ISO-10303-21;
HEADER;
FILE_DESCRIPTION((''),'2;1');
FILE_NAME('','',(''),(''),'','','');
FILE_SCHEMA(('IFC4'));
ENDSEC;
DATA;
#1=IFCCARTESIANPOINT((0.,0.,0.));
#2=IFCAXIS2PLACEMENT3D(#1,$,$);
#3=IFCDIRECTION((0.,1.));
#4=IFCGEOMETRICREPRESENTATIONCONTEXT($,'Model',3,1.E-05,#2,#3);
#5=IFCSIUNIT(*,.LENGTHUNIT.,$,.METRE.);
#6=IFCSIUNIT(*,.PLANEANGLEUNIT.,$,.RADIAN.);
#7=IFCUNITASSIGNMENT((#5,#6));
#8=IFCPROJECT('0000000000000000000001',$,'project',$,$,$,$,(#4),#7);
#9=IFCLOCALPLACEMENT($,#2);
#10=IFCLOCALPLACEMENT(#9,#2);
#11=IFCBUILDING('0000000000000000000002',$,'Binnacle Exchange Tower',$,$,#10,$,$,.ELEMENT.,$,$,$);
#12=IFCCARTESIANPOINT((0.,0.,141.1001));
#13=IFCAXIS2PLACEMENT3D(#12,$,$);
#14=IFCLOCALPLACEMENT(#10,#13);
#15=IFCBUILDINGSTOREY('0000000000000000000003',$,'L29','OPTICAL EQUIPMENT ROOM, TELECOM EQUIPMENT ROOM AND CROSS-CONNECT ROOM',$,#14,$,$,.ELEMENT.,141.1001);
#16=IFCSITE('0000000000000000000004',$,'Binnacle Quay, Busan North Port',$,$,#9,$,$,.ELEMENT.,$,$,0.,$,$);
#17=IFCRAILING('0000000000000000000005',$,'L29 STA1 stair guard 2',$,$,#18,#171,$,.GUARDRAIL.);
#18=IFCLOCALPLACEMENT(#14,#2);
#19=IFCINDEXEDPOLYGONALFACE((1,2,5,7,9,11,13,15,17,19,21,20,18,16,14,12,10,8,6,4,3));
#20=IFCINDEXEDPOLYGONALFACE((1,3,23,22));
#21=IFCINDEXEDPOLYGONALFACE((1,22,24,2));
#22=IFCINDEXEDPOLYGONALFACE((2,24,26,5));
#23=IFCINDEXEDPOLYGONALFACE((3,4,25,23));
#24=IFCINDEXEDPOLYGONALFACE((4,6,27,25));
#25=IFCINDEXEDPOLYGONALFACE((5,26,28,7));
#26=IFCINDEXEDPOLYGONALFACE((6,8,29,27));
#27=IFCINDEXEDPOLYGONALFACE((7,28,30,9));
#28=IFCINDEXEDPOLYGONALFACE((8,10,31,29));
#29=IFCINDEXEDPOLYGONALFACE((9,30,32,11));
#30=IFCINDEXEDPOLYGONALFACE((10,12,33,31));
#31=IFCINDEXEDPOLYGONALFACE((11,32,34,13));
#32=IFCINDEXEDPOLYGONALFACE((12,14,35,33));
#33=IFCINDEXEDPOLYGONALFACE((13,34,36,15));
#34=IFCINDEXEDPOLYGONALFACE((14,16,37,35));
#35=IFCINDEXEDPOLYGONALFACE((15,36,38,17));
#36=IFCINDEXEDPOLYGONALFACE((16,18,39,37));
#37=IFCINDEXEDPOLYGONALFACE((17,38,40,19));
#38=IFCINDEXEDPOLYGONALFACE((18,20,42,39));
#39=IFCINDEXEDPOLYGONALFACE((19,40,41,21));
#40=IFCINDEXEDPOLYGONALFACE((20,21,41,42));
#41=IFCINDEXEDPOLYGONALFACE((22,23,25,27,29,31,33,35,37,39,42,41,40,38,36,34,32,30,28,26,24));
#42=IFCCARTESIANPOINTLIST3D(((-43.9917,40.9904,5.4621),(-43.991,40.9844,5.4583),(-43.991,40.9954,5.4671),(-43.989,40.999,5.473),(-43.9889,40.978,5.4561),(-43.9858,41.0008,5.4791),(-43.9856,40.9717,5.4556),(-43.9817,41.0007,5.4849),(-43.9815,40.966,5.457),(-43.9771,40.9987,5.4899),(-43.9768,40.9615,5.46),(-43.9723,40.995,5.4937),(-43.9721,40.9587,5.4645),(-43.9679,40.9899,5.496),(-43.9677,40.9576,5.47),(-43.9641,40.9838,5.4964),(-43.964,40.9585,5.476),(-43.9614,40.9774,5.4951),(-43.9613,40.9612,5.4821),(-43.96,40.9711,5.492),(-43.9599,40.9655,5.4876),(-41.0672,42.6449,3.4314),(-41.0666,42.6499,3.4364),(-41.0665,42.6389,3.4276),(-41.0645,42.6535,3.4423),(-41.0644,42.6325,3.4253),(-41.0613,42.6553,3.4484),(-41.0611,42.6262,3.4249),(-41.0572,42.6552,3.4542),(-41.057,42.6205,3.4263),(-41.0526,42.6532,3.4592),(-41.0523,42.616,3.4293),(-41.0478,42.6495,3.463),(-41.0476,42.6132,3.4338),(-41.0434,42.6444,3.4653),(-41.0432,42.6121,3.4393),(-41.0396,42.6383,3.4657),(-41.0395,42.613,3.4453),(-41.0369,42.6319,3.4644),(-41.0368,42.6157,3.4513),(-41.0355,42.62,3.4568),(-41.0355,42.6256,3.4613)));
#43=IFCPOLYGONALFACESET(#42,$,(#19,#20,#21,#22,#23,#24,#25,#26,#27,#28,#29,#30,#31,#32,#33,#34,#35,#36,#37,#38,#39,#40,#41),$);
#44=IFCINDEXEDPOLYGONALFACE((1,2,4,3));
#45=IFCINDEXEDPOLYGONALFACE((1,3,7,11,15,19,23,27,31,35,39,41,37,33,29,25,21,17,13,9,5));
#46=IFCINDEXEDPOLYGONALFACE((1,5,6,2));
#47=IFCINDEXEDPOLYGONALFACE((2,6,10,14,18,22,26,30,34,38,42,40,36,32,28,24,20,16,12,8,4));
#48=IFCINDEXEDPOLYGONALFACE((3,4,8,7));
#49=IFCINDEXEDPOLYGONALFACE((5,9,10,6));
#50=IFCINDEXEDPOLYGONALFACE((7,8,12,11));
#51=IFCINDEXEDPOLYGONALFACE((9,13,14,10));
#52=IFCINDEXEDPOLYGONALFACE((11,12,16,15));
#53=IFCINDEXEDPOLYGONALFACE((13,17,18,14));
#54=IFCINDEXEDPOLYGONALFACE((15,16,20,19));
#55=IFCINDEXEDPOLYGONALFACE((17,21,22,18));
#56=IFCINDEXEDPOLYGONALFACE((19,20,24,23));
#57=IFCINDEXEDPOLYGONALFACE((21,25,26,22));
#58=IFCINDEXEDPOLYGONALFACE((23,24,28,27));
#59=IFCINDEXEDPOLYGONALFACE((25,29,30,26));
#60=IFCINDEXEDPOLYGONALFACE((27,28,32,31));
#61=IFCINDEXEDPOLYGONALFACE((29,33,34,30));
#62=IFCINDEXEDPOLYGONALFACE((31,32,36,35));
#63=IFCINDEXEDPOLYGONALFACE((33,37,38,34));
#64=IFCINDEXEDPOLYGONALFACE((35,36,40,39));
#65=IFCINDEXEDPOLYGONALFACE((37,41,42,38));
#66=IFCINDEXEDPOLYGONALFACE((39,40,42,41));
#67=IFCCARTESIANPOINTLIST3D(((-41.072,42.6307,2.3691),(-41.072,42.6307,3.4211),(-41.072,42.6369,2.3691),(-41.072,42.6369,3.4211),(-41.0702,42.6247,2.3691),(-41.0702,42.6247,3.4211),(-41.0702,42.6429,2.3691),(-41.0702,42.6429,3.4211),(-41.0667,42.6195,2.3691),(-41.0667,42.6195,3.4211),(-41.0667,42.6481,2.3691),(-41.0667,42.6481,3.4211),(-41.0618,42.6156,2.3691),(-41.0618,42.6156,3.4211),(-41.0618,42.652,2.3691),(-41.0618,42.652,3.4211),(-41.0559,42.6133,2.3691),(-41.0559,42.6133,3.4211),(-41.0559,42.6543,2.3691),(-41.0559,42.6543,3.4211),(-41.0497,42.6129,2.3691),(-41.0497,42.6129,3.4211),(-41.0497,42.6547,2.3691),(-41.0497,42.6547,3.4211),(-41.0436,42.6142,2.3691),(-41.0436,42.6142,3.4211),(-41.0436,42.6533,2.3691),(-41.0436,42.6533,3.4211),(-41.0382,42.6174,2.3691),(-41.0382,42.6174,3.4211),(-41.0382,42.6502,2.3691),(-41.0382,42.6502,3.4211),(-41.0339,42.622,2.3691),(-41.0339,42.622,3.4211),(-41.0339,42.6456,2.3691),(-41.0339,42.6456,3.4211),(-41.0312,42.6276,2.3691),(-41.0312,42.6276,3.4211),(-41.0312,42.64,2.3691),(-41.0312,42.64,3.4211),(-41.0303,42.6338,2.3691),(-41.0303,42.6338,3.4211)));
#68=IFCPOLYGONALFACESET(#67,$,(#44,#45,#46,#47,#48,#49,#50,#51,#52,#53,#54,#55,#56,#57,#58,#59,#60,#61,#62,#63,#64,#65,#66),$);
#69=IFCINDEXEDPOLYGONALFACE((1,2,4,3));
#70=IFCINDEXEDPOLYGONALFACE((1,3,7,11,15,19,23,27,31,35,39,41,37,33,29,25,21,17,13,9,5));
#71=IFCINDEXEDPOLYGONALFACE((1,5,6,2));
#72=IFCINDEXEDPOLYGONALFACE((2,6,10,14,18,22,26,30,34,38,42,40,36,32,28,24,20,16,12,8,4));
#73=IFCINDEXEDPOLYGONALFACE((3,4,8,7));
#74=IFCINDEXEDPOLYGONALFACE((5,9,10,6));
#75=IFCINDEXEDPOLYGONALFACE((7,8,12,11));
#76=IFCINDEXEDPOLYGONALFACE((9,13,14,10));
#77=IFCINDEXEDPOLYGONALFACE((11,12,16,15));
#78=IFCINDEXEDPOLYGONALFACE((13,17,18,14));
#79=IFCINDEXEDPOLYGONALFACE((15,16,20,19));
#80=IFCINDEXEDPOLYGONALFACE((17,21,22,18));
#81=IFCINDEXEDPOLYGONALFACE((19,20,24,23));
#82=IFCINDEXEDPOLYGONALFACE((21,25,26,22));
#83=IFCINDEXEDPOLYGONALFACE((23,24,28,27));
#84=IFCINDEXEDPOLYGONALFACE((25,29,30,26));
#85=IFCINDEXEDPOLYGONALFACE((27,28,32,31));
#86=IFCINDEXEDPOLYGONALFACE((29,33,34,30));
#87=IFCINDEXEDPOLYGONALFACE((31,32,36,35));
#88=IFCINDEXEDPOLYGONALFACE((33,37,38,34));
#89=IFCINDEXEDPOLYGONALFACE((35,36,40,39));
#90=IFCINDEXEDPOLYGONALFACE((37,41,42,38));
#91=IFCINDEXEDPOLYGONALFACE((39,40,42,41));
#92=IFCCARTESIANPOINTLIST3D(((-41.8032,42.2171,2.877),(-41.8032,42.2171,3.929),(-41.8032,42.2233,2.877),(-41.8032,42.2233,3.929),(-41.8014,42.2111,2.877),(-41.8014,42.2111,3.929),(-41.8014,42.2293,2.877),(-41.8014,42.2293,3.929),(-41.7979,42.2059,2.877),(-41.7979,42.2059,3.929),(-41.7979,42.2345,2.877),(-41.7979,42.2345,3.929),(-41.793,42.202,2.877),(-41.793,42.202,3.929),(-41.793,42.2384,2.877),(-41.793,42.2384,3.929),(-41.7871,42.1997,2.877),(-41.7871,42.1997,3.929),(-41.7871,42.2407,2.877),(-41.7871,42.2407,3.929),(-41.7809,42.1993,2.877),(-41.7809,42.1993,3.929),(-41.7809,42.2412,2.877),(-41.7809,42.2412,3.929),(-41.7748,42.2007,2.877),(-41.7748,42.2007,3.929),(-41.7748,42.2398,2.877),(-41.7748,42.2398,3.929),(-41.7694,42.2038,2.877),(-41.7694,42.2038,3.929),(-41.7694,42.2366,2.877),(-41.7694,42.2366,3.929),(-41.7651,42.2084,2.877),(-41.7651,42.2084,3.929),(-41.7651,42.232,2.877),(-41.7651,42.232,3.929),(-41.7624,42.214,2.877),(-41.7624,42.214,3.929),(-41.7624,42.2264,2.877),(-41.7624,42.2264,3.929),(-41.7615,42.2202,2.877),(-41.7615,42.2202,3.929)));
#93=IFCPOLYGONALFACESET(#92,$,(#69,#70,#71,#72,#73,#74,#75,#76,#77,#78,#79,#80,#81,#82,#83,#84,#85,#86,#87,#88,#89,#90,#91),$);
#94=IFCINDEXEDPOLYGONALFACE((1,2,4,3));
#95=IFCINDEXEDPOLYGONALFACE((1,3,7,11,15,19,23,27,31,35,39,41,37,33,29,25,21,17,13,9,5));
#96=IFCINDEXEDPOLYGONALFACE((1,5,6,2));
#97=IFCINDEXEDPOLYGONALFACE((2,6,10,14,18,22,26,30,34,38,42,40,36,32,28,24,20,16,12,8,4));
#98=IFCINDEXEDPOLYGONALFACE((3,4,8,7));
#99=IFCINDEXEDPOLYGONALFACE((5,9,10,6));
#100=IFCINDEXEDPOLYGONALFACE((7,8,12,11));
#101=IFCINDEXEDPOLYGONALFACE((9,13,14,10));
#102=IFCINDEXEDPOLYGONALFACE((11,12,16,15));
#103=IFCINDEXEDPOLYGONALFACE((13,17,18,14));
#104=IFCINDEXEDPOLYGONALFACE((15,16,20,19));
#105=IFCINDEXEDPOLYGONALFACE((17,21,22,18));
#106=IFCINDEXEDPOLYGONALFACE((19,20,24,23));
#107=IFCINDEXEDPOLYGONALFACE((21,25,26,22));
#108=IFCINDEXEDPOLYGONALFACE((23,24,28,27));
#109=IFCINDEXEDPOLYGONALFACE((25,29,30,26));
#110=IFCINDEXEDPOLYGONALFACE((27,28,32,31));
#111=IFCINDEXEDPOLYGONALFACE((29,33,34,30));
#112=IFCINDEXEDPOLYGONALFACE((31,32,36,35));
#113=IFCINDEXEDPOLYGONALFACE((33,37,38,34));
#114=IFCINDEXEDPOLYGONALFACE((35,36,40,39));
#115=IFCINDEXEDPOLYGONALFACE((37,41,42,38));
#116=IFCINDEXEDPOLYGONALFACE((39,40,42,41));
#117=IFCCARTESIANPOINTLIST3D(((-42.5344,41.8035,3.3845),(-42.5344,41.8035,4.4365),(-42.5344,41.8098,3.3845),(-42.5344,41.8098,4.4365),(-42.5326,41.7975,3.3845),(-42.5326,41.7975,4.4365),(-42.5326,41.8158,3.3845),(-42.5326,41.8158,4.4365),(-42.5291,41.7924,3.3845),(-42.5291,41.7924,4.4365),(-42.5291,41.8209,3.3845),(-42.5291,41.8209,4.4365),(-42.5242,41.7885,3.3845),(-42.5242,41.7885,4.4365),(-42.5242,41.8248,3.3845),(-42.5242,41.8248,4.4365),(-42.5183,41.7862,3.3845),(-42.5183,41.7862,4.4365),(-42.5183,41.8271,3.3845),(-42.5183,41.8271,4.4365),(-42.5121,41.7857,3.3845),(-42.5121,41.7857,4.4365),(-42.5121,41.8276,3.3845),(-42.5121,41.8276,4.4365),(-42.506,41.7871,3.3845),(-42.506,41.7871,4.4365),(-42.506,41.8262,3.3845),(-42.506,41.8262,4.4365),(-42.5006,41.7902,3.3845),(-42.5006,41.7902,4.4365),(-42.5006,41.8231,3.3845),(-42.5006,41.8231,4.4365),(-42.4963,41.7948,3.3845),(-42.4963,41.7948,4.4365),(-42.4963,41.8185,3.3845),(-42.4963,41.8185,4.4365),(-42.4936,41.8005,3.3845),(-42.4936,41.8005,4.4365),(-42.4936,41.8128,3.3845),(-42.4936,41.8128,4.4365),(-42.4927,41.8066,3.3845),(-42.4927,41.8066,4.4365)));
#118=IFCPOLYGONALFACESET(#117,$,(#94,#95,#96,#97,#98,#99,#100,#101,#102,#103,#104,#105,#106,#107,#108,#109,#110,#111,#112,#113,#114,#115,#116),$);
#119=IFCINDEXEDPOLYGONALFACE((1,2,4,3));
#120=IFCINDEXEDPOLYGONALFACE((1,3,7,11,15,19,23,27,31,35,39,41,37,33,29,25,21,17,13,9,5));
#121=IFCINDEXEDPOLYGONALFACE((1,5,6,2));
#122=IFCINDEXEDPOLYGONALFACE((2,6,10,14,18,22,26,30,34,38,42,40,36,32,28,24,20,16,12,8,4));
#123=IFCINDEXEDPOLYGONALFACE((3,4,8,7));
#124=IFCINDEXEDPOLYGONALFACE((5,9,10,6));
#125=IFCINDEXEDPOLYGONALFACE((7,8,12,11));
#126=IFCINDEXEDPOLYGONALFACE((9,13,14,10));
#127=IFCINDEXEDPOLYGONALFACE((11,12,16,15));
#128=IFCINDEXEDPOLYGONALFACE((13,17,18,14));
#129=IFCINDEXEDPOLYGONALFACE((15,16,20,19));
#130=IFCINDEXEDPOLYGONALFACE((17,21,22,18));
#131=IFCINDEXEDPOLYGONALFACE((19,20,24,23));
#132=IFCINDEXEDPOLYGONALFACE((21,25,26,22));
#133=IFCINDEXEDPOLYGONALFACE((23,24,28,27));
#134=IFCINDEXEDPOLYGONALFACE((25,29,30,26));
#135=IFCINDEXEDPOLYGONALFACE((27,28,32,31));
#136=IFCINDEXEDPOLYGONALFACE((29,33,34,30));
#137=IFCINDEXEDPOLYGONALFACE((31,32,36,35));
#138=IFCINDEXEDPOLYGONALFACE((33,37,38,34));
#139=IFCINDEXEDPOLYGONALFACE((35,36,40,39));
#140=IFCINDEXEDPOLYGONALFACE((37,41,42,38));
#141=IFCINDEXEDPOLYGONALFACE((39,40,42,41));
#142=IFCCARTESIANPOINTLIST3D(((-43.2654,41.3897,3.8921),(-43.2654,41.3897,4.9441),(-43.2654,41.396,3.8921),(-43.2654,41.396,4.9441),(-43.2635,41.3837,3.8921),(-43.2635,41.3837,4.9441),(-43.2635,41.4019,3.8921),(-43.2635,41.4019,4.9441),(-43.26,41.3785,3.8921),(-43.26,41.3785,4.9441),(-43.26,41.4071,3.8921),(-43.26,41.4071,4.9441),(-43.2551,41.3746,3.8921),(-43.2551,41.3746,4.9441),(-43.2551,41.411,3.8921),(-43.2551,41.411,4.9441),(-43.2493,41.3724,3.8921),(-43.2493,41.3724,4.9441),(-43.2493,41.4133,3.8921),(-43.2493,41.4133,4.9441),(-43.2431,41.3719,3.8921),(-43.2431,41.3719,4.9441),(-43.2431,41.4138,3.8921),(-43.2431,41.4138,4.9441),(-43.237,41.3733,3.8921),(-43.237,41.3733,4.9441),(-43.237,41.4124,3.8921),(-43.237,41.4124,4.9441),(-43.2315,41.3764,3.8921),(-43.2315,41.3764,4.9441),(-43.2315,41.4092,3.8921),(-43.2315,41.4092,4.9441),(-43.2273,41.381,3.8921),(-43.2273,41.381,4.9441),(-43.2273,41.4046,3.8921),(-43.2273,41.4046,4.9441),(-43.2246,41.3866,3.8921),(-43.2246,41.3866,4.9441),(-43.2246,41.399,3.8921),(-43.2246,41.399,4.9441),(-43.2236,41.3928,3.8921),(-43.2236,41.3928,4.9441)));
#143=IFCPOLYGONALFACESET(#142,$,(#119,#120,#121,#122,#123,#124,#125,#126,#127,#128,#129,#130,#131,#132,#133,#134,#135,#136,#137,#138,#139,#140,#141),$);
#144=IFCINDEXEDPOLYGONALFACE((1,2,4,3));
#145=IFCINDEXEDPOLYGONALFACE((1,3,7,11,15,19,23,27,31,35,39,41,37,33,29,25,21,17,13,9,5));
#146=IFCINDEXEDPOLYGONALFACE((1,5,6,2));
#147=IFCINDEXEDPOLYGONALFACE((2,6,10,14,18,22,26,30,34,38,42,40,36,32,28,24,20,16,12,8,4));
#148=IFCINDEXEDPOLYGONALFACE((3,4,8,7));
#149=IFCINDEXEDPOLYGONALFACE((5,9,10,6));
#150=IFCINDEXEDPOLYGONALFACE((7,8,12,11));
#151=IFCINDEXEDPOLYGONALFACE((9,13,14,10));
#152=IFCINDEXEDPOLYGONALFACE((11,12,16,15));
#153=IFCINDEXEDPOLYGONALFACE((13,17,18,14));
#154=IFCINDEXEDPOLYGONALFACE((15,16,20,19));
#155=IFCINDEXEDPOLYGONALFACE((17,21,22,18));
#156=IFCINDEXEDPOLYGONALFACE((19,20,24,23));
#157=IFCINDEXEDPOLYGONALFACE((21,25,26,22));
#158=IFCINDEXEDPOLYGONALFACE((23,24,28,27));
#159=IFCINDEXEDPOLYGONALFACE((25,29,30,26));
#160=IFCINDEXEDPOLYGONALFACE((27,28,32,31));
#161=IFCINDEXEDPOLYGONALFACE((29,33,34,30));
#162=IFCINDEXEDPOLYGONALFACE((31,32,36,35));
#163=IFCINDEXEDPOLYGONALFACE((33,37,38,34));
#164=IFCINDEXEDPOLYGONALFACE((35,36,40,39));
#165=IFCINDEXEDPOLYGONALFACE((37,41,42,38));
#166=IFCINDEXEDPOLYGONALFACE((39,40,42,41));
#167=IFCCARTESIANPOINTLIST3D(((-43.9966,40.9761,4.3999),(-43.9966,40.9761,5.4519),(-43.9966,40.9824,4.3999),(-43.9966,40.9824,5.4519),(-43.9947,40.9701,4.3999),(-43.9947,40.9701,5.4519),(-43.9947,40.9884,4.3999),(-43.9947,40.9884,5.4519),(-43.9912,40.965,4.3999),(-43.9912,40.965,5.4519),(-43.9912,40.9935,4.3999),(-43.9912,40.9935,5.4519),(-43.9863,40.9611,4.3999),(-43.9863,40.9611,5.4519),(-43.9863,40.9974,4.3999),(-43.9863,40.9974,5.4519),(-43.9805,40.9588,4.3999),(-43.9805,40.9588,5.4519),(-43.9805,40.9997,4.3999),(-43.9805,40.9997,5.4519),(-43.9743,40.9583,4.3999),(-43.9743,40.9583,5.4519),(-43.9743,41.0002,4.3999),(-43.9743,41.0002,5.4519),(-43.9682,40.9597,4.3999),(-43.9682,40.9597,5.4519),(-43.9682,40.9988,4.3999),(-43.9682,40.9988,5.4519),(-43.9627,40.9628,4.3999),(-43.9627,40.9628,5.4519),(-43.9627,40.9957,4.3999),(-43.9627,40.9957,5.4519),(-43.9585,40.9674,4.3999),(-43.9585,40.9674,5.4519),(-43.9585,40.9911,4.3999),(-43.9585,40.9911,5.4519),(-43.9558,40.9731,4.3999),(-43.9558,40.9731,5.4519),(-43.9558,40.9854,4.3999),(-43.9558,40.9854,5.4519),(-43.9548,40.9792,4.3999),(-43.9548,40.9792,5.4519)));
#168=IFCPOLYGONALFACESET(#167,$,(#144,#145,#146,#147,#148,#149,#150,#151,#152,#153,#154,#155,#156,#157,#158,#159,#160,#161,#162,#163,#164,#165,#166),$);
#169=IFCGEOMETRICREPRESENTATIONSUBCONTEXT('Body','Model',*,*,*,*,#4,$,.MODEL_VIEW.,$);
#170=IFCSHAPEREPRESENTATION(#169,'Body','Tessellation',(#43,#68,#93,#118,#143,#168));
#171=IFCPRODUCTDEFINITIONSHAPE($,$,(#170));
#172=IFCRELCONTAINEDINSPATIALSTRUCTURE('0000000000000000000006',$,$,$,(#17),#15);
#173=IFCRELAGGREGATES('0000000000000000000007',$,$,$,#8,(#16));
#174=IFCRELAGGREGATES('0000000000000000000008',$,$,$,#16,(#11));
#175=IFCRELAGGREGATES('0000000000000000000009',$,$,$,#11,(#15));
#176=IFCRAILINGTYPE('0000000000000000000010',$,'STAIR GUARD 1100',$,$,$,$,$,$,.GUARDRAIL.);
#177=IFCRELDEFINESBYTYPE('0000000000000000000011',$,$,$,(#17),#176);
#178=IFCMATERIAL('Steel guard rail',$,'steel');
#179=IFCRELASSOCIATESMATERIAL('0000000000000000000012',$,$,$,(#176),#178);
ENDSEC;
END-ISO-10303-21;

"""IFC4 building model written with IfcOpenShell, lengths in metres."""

from ifc_helpers import new_model, si_unit, direction, frame, origin, origin_2d, place, context, subcontext, project, spatial, circle, extrude, material, type_object, element, save


model = new_model("IFC4")

# Units and contexts
model_context = context("Model", 3, precision=1e-05, world=origin(), true_north=direction((0.0, 1.0)))
body_context = subcontext(model_context, "Body", "Model", "MODEL_VIEW")
ifc_project = project(units=[si_unit("LENGTHUNIT", "METRE"), si_unit("PLANEANGLEUNIT", "RADIAN")], contexts=[model_context])

# Site, building, storey
site_placement = place(None, origin())
site = spatial("IfcSite", under=ifc_project, at=site_placement, Name="Binnacle Quay, Busan North Port", CompositionType="ELEMENT", RefElevation=0.0)
building_placement = place(site_placement, origin())
building = spatial("IfcBuilding", under=site, at=building_placement, Name="Binnacle Exchange Tower", CompositionType="ELEMENT")
storey_placement = place(building_placement, frame((0.0, 0.0, 141.1001)))
storey = spatial("IfcBuildingStorey", under=building, at=storey_placement, Name="L29", Description="OPTICAL EQUIPMENT ROOM, TELECOM EQUIPMENT ROOM AND CROSS-CONNECT ROOM", CompositionType="ELEMENT", Elevation=141.1001)

# Railing
ifc_material_1 = material(Name="Steel guard rail", Category="steel")
railing_type_1 = type_object("IfcRailingType", Name="STAIR GUARD 1100", PredefinedType="GUARDRAIL", material=ifc_material_1)
railing_1_placement = place(storey_placement, frame((-41.0513, 42.6338, 2.3691)))
element("IfcRailing", 1, at=railing_1_placement, inside=storey, type_object=railing_type_1, Name="L29 STA1 stair guard 2", PredefinedType="GUARDRAIL", context=body_context, shape_type="SweptSolid", body=[
    extrude(circle(Radius=0.0239, at=origin_2d()), frame((0.0, 0.0, 1.0762), z_axis=(-0.744895, -0.421417, 0.517242), x_axis=(0.492402, -0.870368, 0.0)), (0.0, 0.0, 1.0), 3.926),
    extrude(circle(Radius=0.021, at=origin_2d()), origin(), (0.0, 0.0, 1.0), 1.052),
    extrude(circle(Radius=0.021, at=origin_2d()), frame((-0.7312, -0.4136, 0.5078)), (0.0, 0.0, 1.0), 1.052),
    extrude(circle(Radius=0.021, at=origin_2d()), frame((-1.4624, -0.8271, 1.0154)), (0.0, 0.0, 1.0), 1.052),
    extrude(circle(Radius=0.021, at=origin_2d()), frame((-2.1934, -1.241, 1.5229)), (0.0, 0.0, 1.0), 1.052),
    extrude(circle(Radius=0.021, at=origin_2d()), frame((-2.9246, -1.6545, 2.0308)), (0.0, 0.0, 1.0), 1.052),
])

save(model, "model.ifc")
